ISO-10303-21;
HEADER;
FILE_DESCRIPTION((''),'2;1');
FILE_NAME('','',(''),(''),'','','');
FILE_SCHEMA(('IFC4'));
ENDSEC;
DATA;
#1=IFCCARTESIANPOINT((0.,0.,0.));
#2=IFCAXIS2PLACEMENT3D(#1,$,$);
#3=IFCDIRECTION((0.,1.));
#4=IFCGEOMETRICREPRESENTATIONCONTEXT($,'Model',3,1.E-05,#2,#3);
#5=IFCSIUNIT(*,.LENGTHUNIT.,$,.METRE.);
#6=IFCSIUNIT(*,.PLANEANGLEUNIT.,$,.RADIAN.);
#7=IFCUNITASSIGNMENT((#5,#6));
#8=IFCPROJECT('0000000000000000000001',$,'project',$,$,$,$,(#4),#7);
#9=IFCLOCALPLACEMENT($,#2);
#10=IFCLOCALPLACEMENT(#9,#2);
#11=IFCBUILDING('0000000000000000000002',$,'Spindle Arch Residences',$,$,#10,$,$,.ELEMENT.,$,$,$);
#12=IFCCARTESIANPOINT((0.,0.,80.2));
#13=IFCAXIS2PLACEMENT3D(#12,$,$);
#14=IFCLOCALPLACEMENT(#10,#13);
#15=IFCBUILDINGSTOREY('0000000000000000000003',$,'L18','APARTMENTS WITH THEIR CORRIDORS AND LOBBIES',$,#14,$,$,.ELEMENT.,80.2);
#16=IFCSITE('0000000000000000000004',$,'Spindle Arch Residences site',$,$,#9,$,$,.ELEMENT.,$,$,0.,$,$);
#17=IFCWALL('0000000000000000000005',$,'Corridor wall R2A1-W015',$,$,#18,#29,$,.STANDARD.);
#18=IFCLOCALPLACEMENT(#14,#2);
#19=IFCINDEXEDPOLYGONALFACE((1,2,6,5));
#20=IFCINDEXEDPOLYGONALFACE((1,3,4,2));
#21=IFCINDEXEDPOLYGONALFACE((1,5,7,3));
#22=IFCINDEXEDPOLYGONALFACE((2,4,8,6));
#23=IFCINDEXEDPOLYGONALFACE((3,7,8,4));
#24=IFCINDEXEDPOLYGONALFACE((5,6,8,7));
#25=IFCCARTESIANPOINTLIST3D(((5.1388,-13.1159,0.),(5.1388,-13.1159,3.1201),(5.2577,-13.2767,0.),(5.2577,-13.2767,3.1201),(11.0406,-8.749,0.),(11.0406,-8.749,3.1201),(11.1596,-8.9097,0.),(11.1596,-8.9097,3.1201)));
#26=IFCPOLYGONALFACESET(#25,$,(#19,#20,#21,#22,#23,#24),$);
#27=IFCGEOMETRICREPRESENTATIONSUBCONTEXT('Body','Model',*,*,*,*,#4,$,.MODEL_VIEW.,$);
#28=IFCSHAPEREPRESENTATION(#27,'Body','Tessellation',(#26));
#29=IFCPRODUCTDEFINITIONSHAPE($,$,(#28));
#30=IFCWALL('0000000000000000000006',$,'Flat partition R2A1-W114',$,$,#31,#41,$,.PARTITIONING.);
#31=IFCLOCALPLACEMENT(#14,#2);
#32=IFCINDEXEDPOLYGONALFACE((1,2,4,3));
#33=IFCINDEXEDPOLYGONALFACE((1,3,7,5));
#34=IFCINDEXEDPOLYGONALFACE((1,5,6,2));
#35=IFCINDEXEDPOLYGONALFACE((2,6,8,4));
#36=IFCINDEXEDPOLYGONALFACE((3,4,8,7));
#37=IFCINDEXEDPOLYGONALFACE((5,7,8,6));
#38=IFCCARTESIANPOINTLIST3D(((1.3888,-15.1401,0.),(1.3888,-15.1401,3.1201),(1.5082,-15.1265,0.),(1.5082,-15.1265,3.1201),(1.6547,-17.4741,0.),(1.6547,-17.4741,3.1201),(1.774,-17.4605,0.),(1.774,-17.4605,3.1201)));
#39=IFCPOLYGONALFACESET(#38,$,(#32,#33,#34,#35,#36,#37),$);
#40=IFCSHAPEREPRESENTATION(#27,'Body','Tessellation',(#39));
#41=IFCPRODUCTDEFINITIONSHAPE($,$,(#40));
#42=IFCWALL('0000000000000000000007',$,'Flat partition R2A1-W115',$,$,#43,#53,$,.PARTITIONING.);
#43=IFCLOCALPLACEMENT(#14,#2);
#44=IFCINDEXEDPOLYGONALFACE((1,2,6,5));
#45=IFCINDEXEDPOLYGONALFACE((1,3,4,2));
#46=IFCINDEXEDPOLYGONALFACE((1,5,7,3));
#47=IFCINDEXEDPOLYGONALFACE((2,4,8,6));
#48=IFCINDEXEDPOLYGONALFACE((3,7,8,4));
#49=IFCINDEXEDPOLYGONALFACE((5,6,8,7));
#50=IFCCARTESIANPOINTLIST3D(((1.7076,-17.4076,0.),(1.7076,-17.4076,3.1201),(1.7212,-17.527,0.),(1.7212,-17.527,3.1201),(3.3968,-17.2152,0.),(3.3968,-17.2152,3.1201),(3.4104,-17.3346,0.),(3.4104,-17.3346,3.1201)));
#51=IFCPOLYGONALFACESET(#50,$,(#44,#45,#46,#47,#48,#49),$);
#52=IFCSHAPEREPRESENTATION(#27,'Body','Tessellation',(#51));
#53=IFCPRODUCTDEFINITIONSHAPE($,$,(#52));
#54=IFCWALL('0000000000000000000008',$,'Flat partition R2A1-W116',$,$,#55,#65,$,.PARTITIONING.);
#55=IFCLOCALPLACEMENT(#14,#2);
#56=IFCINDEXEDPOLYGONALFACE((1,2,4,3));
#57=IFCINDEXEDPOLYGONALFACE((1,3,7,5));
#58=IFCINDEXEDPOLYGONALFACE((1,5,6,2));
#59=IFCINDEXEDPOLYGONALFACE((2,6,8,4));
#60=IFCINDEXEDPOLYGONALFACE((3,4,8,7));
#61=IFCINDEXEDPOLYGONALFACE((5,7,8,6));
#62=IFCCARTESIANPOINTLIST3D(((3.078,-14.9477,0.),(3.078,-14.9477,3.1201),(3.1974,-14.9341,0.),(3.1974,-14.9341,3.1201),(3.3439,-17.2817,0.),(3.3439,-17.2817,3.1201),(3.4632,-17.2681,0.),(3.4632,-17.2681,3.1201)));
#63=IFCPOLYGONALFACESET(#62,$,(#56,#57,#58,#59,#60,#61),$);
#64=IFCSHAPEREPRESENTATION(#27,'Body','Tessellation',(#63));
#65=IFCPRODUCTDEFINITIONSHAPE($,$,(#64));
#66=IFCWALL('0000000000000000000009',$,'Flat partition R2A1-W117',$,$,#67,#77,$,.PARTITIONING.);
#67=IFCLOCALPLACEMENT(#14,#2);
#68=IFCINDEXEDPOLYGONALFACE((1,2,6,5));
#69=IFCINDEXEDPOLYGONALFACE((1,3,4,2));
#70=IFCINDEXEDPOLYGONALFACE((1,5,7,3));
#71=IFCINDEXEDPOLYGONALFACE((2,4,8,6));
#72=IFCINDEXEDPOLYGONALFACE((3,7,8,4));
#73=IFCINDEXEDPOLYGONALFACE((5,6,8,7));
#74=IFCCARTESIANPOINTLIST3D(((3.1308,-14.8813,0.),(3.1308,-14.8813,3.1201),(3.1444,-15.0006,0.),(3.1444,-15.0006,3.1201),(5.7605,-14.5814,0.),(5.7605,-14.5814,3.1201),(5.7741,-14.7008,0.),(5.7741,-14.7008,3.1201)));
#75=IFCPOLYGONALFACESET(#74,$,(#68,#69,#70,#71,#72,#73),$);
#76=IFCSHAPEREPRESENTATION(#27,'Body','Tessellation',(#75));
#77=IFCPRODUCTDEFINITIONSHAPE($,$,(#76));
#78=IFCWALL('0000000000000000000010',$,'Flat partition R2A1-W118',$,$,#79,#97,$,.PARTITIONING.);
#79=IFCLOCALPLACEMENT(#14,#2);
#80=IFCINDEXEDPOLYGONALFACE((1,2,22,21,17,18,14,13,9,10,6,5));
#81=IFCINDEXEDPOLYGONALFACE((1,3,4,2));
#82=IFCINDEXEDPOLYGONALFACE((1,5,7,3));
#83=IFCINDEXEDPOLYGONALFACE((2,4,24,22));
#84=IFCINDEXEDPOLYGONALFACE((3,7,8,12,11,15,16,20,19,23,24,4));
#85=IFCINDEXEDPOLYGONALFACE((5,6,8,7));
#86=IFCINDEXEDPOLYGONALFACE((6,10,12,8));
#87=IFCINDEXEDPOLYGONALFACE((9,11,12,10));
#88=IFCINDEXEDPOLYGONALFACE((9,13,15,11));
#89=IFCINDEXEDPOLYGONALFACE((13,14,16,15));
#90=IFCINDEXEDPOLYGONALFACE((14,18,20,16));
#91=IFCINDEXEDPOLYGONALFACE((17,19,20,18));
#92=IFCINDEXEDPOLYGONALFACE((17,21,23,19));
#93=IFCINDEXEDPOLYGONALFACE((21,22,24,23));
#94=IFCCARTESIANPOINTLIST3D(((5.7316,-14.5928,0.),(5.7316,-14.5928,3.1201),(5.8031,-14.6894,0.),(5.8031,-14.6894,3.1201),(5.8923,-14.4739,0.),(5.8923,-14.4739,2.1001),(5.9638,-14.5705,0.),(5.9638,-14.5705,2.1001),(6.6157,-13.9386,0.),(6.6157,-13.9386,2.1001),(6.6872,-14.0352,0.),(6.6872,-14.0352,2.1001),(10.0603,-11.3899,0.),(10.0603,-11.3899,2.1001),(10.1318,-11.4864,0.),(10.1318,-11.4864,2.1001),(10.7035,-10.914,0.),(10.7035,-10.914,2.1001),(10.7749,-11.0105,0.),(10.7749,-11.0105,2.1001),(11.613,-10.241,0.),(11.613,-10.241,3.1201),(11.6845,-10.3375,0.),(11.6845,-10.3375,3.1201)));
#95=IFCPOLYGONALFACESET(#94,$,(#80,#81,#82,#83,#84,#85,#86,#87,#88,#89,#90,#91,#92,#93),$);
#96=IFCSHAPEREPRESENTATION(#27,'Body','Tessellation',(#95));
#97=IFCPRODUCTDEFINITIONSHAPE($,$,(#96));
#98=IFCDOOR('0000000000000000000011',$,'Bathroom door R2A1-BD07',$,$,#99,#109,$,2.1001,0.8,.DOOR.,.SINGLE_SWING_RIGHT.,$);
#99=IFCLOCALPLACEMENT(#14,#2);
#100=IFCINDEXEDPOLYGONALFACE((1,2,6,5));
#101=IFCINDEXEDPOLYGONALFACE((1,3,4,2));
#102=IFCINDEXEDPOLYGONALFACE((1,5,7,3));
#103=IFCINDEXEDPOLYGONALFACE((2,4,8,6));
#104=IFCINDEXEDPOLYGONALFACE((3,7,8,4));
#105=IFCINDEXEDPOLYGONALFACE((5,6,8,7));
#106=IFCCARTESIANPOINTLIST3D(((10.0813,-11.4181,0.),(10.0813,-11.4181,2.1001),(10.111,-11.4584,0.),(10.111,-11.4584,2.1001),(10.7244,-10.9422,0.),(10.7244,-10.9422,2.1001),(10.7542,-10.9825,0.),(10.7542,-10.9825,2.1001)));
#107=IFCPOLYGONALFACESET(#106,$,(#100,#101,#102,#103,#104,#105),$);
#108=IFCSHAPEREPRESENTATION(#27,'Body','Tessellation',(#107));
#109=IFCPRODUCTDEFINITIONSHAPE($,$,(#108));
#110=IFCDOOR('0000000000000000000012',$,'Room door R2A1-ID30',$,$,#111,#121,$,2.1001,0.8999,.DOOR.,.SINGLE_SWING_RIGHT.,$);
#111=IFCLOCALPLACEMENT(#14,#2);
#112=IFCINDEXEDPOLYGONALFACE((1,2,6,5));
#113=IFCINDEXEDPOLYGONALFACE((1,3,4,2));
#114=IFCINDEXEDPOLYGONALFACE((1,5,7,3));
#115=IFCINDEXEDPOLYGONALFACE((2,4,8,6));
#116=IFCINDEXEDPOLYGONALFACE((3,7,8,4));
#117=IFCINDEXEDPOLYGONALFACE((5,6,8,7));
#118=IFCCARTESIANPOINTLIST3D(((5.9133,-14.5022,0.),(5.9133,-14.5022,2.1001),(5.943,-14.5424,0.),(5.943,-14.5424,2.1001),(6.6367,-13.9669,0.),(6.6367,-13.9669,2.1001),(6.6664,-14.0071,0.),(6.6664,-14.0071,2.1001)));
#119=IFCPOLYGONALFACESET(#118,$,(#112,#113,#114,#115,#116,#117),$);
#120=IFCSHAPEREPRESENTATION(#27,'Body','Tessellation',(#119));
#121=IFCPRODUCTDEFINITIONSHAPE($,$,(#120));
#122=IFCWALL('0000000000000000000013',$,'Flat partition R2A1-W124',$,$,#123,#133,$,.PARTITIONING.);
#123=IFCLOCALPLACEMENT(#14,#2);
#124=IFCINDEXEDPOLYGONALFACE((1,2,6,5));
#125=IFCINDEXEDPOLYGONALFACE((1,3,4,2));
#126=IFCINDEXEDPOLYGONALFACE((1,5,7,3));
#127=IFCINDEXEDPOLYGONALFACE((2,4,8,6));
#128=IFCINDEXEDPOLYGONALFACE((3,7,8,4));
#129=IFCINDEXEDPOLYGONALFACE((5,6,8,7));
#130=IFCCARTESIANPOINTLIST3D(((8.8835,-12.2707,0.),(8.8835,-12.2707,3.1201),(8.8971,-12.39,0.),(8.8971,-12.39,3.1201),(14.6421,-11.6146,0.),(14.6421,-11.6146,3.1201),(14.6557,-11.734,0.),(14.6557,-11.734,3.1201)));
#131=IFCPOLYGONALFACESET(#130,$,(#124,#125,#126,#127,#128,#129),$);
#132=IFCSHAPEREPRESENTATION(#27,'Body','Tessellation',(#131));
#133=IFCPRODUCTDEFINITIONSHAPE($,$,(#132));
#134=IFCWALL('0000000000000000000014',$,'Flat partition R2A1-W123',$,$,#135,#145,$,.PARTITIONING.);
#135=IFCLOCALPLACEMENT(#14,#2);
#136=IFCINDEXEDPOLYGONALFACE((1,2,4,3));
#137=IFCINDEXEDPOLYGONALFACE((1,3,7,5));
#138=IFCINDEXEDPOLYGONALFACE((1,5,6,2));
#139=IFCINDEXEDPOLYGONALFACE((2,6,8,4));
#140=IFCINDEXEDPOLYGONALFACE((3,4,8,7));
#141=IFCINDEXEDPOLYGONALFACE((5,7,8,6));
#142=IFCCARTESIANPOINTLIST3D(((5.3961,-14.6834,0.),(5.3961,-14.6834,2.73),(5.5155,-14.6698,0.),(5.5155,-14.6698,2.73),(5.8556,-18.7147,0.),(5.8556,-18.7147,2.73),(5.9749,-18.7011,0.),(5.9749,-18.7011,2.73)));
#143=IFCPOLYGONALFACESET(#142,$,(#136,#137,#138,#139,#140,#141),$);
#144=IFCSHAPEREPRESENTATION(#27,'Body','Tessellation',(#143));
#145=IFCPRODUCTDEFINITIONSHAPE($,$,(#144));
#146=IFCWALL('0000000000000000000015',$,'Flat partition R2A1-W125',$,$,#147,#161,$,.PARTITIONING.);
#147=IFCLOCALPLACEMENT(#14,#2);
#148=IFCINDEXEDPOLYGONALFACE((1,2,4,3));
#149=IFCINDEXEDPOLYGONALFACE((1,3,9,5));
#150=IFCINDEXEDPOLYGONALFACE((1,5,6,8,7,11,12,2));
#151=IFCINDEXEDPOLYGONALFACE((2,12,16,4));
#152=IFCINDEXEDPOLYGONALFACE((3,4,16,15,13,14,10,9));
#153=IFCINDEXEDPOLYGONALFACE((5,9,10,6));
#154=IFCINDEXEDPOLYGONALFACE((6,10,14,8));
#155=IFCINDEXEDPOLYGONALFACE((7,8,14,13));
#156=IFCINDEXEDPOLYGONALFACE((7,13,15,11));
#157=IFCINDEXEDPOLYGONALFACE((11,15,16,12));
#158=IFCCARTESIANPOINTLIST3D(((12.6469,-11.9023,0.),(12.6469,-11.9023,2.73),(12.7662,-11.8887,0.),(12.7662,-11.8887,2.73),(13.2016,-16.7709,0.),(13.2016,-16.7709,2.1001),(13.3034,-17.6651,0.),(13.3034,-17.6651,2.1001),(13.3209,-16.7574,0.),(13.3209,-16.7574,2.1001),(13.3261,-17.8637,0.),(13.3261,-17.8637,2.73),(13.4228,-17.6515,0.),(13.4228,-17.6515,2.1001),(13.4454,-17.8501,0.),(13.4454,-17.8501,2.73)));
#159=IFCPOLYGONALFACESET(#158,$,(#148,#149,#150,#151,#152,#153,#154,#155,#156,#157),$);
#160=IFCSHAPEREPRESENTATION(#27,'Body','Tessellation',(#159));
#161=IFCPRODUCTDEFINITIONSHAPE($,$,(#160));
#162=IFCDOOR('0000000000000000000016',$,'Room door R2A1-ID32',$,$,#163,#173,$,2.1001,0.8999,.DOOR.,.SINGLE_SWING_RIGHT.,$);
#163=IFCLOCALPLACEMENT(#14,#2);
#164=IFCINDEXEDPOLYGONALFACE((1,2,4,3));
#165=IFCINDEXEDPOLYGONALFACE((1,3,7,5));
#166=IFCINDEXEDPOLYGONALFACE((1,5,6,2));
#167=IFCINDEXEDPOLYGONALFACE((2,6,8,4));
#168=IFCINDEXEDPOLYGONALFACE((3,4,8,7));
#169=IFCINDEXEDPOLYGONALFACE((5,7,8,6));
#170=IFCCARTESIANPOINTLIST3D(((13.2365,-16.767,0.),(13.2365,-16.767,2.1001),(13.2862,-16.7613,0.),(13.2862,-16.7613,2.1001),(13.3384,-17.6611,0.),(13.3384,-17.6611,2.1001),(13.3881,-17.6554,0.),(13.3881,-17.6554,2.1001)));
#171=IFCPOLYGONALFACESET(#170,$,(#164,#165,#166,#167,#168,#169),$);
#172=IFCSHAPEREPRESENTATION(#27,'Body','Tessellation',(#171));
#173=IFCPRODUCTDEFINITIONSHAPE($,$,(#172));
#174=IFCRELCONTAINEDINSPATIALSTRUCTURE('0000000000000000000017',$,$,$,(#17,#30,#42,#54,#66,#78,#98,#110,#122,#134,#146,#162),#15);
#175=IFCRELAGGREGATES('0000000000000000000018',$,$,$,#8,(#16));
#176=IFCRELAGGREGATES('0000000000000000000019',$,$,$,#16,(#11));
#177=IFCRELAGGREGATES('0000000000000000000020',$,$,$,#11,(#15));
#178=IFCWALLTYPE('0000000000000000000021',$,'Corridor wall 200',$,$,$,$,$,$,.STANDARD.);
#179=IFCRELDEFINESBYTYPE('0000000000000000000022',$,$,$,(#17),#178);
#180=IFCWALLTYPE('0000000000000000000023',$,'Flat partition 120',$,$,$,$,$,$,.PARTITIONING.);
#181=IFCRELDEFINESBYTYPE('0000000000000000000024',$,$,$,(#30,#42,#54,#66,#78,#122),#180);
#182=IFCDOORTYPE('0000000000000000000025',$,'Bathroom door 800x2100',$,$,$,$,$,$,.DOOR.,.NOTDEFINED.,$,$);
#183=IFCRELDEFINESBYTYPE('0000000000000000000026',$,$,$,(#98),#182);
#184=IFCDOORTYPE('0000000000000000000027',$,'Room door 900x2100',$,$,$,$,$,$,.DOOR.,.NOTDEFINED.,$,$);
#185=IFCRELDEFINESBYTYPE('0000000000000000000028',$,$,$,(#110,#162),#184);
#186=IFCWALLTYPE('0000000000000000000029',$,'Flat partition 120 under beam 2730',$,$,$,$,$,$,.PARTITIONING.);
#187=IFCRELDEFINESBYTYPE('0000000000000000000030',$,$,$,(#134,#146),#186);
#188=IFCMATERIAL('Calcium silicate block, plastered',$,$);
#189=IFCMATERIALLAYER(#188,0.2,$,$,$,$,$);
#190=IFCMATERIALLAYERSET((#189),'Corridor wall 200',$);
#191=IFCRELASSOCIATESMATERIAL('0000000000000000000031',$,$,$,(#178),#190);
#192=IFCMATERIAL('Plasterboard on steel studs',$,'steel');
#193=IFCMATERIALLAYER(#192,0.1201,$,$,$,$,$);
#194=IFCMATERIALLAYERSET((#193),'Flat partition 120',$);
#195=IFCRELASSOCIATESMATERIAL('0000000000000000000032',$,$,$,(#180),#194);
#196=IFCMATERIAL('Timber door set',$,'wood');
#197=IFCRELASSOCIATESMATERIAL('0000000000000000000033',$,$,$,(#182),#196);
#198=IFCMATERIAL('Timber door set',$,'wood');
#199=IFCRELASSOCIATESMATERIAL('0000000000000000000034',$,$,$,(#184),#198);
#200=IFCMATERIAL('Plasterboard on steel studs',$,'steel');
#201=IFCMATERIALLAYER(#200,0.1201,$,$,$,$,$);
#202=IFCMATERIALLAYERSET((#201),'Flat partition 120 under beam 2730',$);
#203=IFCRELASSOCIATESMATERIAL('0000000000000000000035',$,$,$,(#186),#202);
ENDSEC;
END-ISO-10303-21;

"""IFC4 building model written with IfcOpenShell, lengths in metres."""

from ifc_helpers import new_model, si_unit, direction, frame, frame_2d, origin, place, context, subcontext, project, spatial, rectangle, extrude, material, layer, layer_set, type_object, element, fill, save


model = new_model("IFC4")

# Units and contexts
model_context = context("Model", 3, precision=1e-05, world=origin(), true_north=direction((0.0, 1.0)))
body_context = subcontext(model_context, "Body", "Model", "MODEL_VIEW")
ifc_project = project(units=[si_unit("LENGTHUNIT", "METRE"), si_unit("PLANEANGLEUNIT", "RADIAN")], contexts=[model_context])

# Site, building, storey
site_placement = place(None, origin())
site = spatial("IfcSite", under=ifc_project, at=site_placement, Name="Spindle Arch Residences site", CompositionType="ELEMENT", RefElevation=0.0)
building_placement = place(site_placement, origin())
building = spatial("IfcBuilding", under=site, at=building_placement, Name="Spindle Arch Residences", CompositionType="ELEMENT")
storey_placement = place(building_placement, frame((0.0, 0.0, 80.2)))
storey = spatial("IfcBuildingStorey", under=building, at=storey_placement, Name="L18", Description="APARTMENTS WITH THEIR CORRIDORS AND LOBBIES", CompositionType="ELEMENT", Elevation=80.2)

# Walls
ifc_material_1 = material(Name="Calcium silicate block, plastered")
ifc_layer_1 = layer(ifc_material_1, 0.2)
ifc_layer_set_1 = layer_set([ifc_layer_1], Name="Corridor wall 200")
wall_type_1 = type_object("IfcWallType", Name="Corridor wall 200", PredefinedType="STANDARD", material=ifc_layer_set_1)
wall_1_placement = place(storey_placement, frame((5.1982, -13.1963, 0.0), z_axis=(0.0, 0.0, 1.0), x_axis=(0.80387, 0.594805, 0.0)))
element("IfcWall", 1, at=wall_1_placement, inside=storey, type_object=wall_type_1, Name="Corridor wall R2A1-W015", PredefinedType="STANDARD", context=body_context, shape_type="SweptSolid", body=[
    extrude(rectangle(XDim=7.3418, YDim=0.2, at=frame_2d((3.6709, 0.0))), origin(), (0.0, 0.0, 1.0), 3.1201),
])
ifc_material_2 = material(Name="Plasterboard on steel studs", Category="steel")
ifc_layer_2 = layer(ifc_material_2, 0.1201)
ifc_layer_set_2 = layer_set([ifc_layer_2], Name="Flat partition 120")
wall_type_2 = type_object("IfcWallType", Name="Flat partition 120", PredefinedType="PARTITIONING", material=ifc_layer_set_2)
wall_2_placement = place(storey_placement, frame((1.4485, -15.1333, 0.0), z_axis=(0.0, 0.0, 1.0), x_axis=(0.11318, -0.993574, 0.0)))
element("IfcWall", 2, at=wall_2_placement, inside=storey, type_object=wall_type_2, Name="Flat partition R2A1-W114", PredefinedType="PARTITIONING", context=body_context, shape_type="SweptSolid", body=[
    extrude(rectangle(XDim=2.3491, YDim=0.1201, at=frame_2d((1.1746, 0.0))), origin(), (0.0, 0.0, 1.0), 3.1201),
])
wall_3_placement = place(storey_placement, frame((1.7144, -17.4673, 0.0), z_axis=(0.0, 0.0, 1.0), x_axis=(0.993577, 0.113158, 0.0)))
element("IfcWall", 3, at=wall_3_placement, inside=storey, type_object=wall_type_2, Name="Flat partition R2A1-W115", PredefinedType="PARTITIONING", context=body_context, shape_type="SweptSolid", body=[
    extrude(rectangle(XDim=1.7002, YDim=0.1201, at=frame_2d((0.8501, 0.0))), origin(), (0.0, 0.0, 1.0), 3.1201),
])
wall_4_placement = place(storey_placement, frame((3.4036, -17.2749, 0.0), z_axis=(0.0, 0.0, 1.0), x_axis=(-0.11318, 0.993574, 0.0)))
element("IfcWall", 4, at=wall_4_placement, inside=storey, type_object=wall_type_2, Name="Flat partition R2A1-W116", PredefinedType="PARTITIONING", context=body_context, shape_type="SweptSolid", body=[
    extrude(rectangle(XDim=2.3491, YDim=0.1201, at=frame_2d((1.1746, 0.0))), origin(), (0.0, 0.0, 1.0), 3.1201),
])
wall_5_placement = place(storey_placement, frame((3.1377, -14.9409, 0.0), z_axis=(0.0, 0.0, 1.0), x_axis=(0.993564, 0.113276, 0.0)))
element("IfcWall", 5, at=wall_5_placement, inside=storey, type_object=wall_type_2, Name="Flat partition R2A1-W117", PredefinedType="PARTITIONING", context=body_context, shape_type="SweptSolid", body=[
    extrude(rectangle(XDim=2.6467, YDim=0.1201, at=frame_2d((1.3232, 0.0))), origin(), (0.0, 0.0, 1.0), 3.1201),
])

# Wall, openings, doors
wall_6_placement = place(storey_placement, frame((5.7673, -14.6411, 0.0), z_axis=(0.0, 0.0, 1.0), x_axis=(0.803867, 0.594809, 0.0)))
wall_6 = element("IfcWall", 6, at=wall_6_placement, inside=storey, type_object=wall_type_2, Name="Flat partition R2A1-W118", PredefinedType="PARTITIONING", context=body_context, shape_type="SweptSolid", body=[
    extrude(rectangle(XDim=7.3164, YDim=0.1201, at=frame_2d((3.6582, 0.0))), origin(), (0.0, 0.0, 1.0), 3.1201),
])
opening_1_placement = place(wall_6_placement, frame((0.2, 0.0, 0.0)))
opening_1 = element("IfcOpeningElement", 7, at=opening_1_placement, cuts=wall_6, PredefinedType="OPENING", context=body_context, shape_type="SweptSolid", body=[
    extrude(rectangle(XDim=0.8999, YDim=2.1001, at=frame_2d((0.45, 1.05))), frame((0.0, 0.0701, 0.0), z_axis=(0.0, -1.0, 0.0), x_axis=(1.0, 0.0, 0.0)), (0.0, 0.0, 1.0), 0.1401),
])
opening_2_placement = place(wall_6_placement, frame((5.385, 0.0, 0.0)))
opening_2 = element("IfcOpeningElement", 8, at=opening_2_placement, cuts=wall_6, PredefinedType="OPENING", context=body_context, shape_type="SweptSolid", body=[
    extrude(rectangle(XDim=0.8, YDim=2.1001, at=frame_2d((0.3999, 1.05))), frame((0.0, 0.0701, 0.0), z_axis=(0.0, -1.0, 0.0), x_axis=(1.0, 0.0, 0.0)), (0.0, 0.0, 1.0), 0.1401),
])
ifc_material_3 = material(Name="Timber door set", Category="wood")
door_type_1 = type_object("IfcDoorType", Name="Bathroom door 800x2100", OperationType="NOTDEFINED", PredefinedType="DOOR", material=ifc_material_3)
door_1_placement = place(opening_2_placement, origin())
door_1 = element("IfcDoor", 9, at=door_1_placement, inside=storey, type_object=door_type_1, Name="Bathroom door R2A1-BD07", OperationType="SINGLE_SWING_RIGHT", OverallHeight=2.1001, OverallWidth=0.8, PredefinedType="DOOR", context=body_context, shape_type="SweptSolid", body=[
    extrude(rectangle(XDim=0.8, YDim=2.1001, at=frame_2d((0.3999, 1.05))), frame((0.0, 0.0249, 0.0), z_axis=(0.0, -1.0, 0.0), x_axis=(1.0, 0.0, 0.0)), (0.0, 0.0, 1.0), 0.05),
])
fill(opening_2, door_1)
ifc_material_4 = material(Name="Timber door set", Category="wood")
door_type_2 = type_object("IfcDoorType", Name="Room door 900x2100", OperationType="NOTDEFINED", PredefinedType="DOOR", material=ifc_material_4)
door_2_placement = place(opening_1_placement, origin())
door_2 = element("IfcDoor", 10, at=door_2_placement, inside=storey, type_object=door_type_2, Name="Room door R2A1-ID30", OperationType="SINGLE_SWING_RIGHT", OverallHeight=2.1001, OverallWidth=0.8999, PredefinedType="DOOR", context=body_context, shape_type="SweptSolid", body=[
    extrude(rectangle(XDim=0.8999, YDim=2.1001, at=frame_2d((0.45, 1.05))), frame((0.0, 0.0249, 0.0), z_axis=(0.0, -1.0, 0.0), x_axis=(1.0, 0.0, 0.0)), (0.0, 0.0, 1.0), 0.05),
])
fill(opening_1, door_2)

# Walls
wall_7_placement = place(storey_placement, frame((14.6489, -11.6743, 0.0), z_axis=(0.0, 0.0, 1.0), x_axis=(-0.993574, -0.113187, 0.0)))
element("IfcWall", 11, at=wall_7_placement, inside=storey, type_object=wall_type_2, Name="Flat partition R2A1-W124", PredefinedType="PARTITIONING", context=body_context, shape_type="SweptSolid", body=[
    extrude(rectangle(XDim=5.7959, YDim=0.1201, at=frame_2d((2.8979, 0.0))), origin(), (0.0, 0.0, 1.0), 3.1201),
])
ifc_material_5 = material(Name="Plasterboard on steel studs", Category="steel")
ifc_layer_3 = layer(ifc_material_5, 0.1201)
ifc_layer_set_3 = layer_set([ifc_layer_3], Name="Flat partition 120 under beam 2730")
wall_type_3 = type_object("IfcWallType", Name="Flat partition 120 under beam 2730", PredefinedType="PARTITIONING", material=ifc_layer_set_3)
wall_8_placement = place(storey_placement, frame((5.9153, -18.708, 0.0), z_axis=(0.0, 0.0, 1.0), x_axis=(-0.113245, 0.993567, 0.0)))
element("IfcWall", 12, at=wall_8_placement, inside=storey, type_object=wall_type_3, Name="Flat partition R2A1-W123", PredefinedType="PARTITIONING", context=body_context, shape_type="SweptSolid", body=[
    extrude(rectangle(XDim=4.0574, YDim=0.1201, at=frame_2d((2.0288, 0.0))), origin(), (0.0, 0.0, 1.0), 2.73),
])

# Wall, opening, door
wall_9_placement = place(storey_placement, frame((13.3857, -17.8569, 0.0), z_axis=(0.0, 0.0, 1.0), x_axis=(-0.1132, 0.993572, 0.0)))
wall_9 = element("IfcWall", 13, at=wall_9_placement, inside=storey, type_object=wall_type_3, Name="Flat partition R2A1-W125", PredefinedType="PARTITIONING", context=body_context, shape_type="SweptSolid", body=[
    extrude(rectangle(XDim=6.0, YDim=0.1201, at=frame_2d((3.0, 0.0))), origin(), (0.0, 0.0, 1.0), 2.73),
])
opening_3_placement = place(wall_9_placement, frame((0.2, 0.0, 0.0)))
opening_3 = element("IfcOpeningElement", 14, at=opening_3_placement, cuts=wall_9, PredefinedType="OPENING", context=body_context, shape_type="SweptSolid", body=[
    extrude(rectangle(XDim=0.8999, YDim=2.1001, at=frame_2d((0.45, 1.05))), frame((0.0, 0.0701, 0.0), z_axis=(0.0, -1.0, 0.0), x_axis=(1.0, 0.0, 0.0)), (0.0, 0.0, 1.0), 0.1401),
])
door_3_placement = place(opening_3_placement, origin())
door_3 = element("IfcDoor", 15, at=door_3_placement, inside=storey, type_object=door_type_2, Name="Room door R2A1-ID32", OperationType="SINGLE_SWING_RIGHT", OverallHeight=2.1001, OverallWidth=0.8999, PredefinedType="DOOR", context=body_context, shape_type="SweptSolid", body=[
    extrude(rectangle(XDim=0.8999, YDim=2.1001, at=frame_2d((0.45, 1.05))), frame((0.0, 0.0249, 0.0), z_axis=(0.0, -1.0, 0.0), x_axis=(1.0, 0.0, 0.0)), (0.0, 0.0, 1.0), 0.05),
])
fill(opening_3, door_3)

save(model, "model.ifc")
